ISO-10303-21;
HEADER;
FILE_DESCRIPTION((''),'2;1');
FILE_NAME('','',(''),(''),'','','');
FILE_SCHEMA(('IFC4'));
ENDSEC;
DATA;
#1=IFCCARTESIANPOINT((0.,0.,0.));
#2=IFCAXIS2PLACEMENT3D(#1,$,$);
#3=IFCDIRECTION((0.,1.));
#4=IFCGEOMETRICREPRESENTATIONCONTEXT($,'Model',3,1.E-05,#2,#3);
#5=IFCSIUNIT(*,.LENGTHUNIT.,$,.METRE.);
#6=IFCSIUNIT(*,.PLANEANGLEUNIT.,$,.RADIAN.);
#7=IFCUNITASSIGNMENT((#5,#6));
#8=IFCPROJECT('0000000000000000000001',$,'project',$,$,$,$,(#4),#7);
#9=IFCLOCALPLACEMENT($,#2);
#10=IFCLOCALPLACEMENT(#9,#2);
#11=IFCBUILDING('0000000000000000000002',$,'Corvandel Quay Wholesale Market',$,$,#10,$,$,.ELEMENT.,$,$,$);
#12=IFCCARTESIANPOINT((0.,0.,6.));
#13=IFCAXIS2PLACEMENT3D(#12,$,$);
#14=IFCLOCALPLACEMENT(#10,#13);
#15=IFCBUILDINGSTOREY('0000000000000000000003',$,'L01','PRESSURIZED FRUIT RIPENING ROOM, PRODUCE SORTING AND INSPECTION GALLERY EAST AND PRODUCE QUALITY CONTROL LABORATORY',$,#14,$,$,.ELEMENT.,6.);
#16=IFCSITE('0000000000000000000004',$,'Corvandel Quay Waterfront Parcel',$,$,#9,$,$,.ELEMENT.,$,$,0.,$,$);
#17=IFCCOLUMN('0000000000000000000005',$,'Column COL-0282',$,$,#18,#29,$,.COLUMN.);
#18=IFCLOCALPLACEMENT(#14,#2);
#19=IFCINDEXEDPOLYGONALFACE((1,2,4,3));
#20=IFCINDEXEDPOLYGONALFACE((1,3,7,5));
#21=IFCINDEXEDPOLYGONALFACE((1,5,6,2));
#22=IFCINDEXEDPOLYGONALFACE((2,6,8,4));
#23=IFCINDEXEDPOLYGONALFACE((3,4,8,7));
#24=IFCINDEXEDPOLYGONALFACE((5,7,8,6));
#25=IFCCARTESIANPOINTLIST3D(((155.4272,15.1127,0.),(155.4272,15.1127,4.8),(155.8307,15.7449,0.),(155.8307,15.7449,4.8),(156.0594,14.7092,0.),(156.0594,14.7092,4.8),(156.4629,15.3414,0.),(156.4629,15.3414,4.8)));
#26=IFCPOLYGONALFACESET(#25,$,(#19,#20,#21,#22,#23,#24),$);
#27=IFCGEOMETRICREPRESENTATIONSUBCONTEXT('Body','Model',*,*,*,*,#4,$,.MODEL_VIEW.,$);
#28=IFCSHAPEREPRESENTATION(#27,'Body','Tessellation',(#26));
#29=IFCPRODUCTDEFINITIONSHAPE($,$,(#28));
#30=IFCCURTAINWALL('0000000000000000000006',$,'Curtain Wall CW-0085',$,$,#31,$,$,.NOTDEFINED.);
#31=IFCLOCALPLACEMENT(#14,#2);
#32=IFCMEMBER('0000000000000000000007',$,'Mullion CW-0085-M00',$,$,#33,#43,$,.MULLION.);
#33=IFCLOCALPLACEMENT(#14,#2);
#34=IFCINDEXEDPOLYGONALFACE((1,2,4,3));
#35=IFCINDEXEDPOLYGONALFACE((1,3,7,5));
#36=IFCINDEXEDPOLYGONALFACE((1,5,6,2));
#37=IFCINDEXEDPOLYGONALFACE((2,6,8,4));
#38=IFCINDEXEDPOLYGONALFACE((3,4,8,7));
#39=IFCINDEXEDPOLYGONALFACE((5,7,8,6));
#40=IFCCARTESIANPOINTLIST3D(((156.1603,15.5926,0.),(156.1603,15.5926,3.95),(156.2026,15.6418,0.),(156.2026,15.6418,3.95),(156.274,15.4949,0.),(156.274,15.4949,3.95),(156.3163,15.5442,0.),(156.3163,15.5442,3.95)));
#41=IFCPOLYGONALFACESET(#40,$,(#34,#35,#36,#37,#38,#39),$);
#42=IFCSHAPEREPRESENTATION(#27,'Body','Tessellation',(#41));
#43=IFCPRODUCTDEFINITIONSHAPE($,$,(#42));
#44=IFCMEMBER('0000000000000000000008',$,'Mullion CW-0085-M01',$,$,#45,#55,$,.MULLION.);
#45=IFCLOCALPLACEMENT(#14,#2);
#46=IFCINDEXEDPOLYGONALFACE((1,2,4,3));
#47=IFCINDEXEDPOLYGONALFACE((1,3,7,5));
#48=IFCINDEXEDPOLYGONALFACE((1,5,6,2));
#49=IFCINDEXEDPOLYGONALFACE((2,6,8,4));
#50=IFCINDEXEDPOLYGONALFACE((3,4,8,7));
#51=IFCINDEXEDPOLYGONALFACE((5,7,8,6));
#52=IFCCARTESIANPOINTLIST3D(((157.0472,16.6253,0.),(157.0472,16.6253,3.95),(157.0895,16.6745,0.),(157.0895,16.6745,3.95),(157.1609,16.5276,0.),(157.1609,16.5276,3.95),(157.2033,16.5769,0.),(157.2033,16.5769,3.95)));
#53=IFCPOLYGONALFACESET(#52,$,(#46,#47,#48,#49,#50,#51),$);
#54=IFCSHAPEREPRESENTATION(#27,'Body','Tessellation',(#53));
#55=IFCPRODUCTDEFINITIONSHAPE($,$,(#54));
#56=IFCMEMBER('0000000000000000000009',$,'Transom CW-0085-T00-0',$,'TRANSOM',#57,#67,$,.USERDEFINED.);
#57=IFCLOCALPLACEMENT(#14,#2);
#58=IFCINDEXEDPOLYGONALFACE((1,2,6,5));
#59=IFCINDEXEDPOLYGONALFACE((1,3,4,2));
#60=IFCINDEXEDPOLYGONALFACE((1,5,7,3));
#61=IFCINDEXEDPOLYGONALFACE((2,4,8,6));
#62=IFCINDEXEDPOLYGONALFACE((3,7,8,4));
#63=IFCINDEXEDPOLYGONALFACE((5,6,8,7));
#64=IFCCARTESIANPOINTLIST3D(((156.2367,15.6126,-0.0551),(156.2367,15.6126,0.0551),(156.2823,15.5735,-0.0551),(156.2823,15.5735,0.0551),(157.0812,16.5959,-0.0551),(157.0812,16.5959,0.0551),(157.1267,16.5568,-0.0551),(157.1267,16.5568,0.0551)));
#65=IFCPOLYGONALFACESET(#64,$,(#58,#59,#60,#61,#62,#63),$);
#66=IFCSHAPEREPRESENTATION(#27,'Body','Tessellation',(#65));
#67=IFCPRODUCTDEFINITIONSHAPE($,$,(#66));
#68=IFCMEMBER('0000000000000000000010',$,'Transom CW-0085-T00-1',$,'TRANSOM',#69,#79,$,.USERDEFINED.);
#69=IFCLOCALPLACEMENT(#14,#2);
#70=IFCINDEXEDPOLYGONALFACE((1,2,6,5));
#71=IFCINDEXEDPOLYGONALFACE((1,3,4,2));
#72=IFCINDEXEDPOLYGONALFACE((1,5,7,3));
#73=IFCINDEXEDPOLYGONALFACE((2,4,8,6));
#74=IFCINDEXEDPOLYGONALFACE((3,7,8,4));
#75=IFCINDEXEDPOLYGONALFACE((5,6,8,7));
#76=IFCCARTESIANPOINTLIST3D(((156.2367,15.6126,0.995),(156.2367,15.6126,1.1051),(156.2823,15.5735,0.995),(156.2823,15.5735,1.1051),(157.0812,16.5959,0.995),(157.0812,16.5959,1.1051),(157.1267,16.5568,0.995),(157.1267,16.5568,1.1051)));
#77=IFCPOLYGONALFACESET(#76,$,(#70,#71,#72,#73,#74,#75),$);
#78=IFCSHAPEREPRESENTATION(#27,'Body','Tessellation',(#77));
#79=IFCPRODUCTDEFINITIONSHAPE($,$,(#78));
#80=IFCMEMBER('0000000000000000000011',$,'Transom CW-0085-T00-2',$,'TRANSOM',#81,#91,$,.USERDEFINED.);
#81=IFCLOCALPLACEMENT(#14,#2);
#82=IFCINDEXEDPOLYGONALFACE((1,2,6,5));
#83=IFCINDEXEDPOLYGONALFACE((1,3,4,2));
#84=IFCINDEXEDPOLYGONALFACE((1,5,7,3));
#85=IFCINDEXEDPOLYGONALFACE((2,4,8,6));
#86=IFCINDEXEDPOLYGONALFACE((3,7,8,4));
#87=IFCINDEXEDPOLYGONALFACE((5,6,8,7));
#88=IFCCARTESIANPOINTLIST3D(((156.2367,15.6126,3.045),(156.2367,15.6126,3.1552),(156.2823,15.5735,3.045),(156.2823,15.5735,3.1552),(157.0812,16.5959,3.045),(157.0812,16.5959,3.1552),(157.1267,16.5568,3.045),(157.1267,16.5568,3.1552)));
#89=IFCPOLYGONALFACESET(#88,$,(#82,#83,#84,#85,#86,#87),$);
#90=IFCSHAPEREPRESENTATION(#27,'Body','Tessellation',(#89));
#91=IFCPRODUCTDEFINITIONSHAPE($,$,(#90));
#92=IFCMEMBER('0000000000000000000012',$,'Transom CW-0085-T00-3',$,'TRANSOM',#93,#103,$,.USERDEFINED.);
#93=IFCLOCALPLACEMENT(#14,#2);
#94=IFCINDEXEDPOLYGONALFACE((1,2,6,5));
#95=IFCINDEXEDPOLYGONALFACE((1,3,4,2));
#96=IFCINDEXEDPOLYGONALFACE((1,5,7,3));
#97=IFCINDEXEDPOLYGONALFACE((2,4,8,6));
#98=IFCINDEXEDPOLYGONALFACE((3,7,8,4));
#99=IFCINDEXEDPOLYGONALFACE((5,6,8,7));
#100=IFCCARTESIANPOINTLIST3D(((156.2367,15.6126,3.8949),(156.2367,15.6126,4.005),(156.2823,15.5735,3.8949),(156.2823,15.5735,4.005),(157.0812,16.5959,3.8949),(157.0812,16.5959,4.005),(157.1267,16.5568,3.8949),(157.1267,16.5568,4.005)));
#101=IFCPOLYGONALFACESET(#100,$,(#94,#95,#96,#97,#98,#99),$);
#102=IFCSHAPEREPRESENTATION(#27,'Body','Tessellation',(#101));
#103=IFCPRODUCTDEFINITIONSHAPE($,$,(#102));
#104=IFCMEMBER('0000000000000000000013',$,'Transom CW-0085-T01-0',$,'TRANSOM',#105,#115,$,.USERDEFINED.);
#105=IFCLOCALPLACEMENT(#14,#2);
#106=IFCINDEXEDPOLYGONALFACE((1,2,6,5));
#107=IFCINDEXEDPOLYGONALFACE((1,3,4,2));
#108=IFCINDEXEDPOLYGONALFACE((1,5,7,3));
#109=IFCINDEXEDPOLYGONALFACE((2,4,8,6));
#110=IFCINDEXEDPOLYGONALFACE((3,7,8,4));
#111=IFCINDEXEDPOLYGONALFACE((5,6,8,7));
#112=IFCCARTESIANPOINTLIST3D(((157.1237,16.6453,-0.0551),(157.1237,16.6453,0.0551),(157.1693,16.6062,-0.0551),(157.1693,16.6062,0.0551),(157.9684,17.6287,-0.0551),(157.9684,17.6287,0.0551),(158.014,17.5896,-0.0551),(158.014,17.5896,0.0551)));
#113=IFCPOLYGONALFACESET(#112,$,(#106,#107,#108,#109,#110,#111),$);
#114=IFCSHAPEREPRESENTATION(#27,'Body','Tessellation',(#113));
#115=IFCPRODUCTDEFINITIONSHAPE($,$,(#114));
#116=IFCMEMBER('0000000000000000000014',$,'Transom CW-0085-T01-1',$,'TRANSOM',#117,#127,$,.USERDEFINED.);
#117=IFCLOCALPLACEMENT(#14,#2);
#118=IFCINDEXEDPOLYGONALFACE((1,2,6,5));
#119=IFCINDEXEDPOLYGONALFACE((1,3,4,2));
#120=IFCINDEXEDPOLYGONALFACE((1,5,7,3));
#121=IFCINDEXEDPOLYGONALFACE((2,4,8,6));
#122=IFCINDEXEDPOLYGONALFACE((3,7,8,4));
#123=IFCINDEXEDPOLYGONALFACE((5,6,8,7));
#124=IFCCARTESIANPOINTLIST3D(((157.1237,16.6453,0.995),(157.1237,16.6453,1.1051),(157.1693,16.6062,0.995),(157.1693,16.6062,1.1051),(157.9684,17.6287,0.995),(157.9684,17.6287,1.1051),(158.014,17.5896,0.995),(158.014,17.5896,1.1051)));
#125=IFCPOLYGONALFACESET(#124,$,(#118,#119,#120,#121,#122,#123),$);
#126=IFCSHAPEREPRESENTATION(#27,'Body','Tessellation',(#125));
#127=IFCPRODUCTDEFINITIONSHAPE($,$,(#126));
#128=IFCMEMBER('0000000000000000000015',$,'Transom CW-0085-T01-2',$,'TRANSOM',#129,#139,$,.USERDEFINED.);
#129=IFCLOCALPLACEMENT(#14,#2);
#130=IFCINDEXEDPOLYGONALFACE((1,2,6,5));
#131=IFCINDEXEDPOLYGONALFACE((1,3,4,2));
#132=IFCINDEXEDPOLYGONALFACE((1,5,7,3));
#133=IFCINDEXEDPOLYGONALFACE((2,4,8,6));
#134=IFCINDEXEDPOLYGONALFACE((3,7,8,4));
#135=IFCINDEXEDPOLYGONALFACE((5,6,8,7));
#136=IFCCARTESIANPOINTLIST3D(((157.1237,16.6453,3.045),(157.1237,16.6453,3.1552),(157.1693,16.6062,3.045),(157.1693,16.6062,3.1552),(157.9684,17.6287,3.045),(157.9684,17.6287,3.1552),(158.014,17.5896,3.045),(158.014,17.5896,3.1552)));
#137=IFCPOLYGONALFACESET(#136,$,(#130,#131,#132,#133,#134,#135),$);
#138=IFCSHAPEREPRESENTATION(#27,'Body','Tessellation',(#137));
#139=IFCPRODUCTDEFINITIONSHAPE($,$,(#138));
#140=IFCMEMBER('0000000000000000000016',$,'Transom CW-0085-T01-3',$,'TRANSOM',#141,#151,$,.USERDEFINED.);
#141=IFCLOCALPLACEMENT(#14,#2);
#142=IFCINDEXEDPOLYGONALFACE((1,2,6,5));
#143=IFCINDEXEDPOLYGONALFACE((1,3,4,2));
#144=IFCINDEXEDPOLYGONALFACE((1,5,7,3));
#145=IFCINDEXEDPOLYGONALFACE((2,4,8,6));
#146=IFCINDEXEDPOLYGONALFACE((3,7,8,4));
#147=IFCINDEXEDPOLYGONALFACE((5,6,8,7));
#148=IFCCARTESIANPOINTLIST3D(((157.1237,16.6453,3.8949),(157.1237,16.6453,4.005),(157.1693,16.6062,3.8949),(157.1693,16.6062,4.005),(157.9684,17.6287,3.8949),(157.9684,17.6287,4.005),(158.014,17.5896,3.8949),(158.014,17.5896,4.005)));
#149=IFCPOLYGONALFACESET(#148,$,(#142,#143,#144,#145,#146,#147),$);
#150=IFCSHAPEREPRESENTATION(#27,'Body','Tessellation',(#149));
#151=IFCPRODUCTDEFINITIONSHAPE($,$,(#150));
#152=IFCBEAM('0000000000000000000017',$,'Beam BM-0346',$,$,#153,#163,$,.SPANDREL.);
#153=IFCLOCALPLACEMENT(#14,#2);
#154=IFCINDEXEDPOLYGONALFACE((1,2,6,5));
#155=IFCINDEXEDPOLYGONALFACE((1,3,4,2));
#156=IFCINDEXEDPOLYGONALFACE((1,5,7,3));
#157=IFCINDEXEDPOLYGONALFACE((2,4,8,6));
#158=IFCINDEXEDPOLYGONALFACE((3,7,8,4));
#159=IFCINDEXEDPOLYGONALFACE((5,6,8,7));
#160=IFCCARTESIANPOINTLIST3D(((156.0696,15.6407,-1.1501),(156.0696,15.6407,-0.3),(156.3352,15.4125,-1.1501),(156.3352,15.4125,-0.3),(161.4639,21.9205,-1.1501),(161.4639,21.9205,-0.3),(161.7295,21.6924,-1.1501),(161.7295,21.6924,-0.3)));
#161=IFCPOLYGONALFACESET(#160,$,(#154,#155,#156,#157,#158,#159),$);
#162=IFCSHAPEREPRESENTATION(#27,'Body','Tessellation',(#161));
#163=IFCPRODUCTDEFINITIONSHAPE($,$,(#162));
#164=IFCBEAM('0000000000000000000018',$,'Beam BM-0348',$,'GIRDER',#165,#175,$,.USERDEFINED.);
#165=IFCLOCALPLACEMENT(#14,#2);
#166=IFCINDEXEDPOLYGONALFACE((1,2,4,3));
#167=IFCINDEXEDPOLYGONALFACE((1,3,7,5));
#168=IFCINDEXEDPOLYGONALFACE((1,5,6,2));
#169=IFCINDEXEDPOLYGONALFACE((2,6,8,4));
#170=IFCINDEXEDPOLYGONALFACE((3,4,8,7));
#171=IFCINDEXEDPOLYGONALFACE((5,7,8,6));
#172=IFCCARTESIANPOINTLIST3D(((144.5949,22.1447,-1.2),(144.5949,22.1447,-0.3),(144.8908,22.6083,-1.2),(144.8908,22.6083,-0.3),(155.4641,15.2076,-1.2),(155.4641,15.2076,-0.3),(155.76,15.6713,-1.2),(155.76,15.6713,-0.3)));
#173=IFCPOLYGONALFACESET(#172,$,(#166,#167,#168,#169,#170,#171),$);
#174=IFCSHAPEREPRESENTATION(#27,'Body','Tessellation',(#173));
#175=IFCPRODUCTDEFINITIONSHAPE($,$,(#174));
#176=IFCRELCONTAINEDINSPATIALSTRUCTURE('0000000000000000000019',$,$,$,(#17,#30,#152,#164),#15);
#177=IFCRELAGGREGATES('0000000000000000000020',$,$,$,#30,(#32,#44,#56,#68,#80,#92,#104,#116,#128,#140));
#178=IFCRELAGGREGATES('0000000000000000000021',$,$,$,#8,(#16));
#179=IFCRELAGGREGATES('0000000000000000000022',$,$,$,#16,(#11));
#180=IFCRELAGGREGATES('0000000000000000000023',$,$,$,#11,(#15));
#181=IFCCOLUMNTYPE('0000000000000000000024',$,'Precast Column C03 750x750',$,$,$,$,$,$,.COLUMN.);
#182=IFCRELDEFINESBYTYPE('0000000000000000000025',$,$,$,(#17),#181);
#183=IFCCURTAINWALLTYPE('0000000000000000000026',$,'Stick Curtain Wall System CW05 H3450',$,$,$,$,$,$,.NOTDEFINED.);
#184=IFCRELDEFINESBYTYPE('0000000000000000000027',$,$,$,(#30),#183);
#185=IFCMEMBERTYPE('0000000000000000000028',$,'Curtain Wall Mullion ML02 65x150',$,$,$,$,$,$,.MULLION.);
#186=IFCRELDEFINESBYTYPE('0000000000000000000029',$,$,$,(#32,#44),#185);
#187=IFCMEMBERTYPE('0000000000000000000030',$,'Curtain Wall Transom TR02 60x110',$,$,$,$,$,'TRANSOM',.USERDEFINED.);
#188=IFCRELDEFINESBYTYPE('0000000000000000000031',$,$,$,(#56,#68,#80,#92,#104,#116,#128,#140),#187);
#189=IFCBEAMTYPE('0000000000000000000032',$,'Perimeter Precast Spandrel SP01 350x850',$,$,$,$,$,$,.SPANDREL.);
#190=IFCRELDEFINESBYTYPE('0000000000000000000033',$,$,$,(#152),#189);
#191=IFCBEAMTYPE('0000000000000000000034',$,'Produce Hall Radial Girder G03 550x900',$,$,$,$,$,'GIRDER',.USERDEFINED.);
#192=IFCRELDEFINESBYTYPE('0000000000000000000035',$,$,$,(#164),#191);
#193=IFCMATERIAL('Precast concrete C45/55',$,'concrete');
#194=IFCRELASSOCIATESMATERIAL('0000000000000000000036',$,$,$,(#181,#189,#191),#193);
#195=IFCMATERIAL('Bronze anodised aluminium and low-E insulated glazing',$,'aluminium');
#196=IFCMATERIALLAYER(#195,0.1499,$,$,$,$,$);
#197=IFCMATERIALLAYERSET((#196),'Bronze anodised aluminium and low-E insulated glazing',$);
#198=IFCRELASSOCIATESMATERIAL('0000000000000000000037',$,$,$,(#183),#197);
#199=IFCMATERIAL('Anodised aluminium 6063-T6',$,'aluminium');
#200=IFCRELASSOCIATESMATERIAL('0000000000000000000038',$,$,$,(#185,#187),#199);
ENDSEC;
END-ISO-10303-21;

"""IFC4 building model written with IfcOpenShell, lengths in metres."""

from ifc_helpers import new_model, si_unit, direction, frame, origin, origin_2d, place, context, subcontext, project, spatial, rectangle, extrude, material, layer, layer_set, material_profile, profile_set, type_object, element, aggregate, save


model = new_model("IFC4")

# Units and contexts
model_context = context("Model", 3, precision=1e-05, world=origin(), true_north=direction((0.0, 1.0)))
body_context = subcontext(model_context, "Body", "Model", "MODEL_VIEW")
ifc_project = project(units=[si_unit("LENGTHUNIT", "METRE"), si_unit("PLANEANGLEUNIT", "RADIAN")], contexts=[model_context])

# Site, building, storey
site_placement = place(None, origin())
site = spatial("IfcSite", under=ifc_project, at=site_placement, Name="Corvandel Quay Waterfront Parcel", CompositionType="ELEMENT", RefElevation=0.0)
building_placement = place(site_placement, origin())
building = spatial("IfcBuilding", under=site, at=building_placement, Name="Corvandel Quay Wholesale Market", CompositionType="ELEMENT")
storey_placement = place(building_placement, frame((0.0, 0.0, 6.0)))
storey = spatial("IfcBuildingStorey", under=building, at=storey_placement, Name="L01", Description="PRESSURIZED FRUIT RIPENING ROOM, PRODUCE SORTING AND INSPECTION GALLERY EAST AND PRODUCE QUALITY CONTROL LABORATORY", CompositionType="ELEMENT", Elevation=6.0)

# Column
ifc_material_1 = material(Name="Precast concrete C45/55", Category="concrete")
ifc_material_profile_1 = material_profile(ifc_material_1, rectangle(XDim=0.75, YDim=0.75, at=origin_2d()), Name="PC-COL-750x750")
ifc_profile_set_1 = profile_set([ifc_material_profile_1], Name="Precast concrete C45/55")
column_type = type_object("IfcColumnType", Name="Precast Column C03 750x750", PredefinedType="COLUMN", material=ifc_profile_set_1)
column_placement = place(storey_placement, frame((155.9451, 15.2271, 0.0), z_axis=(0.0, 0.0, 1.0), x_axis=(0.538035, 0.842922, 0.0)))
element("IfcColumn", 1, at=column_placement, inside=storey, type_object=column_type, Name="Column COL-0282", PredefinedType="COLUMN", context=body_context, shape_type="SweptSolid", body=[
    extrude(rectangle(XDim=0.75, YDim=0.75, at=origin_2d()), origin(), (0.0, 0.0, 1.0), 4.8),
])

# Curtain wall, members
ifc_material_2 = material(Name="Bronze anodised aluminium and low-E insulated glazing", Category="aluminium")
ifc_layer_1 = layer(ifc_material_2, 0.1499)
ifc_layer_set_1 = layer_set([ifc_layer_1], Name="Bronze anodised aluminium and low-E insulated glazing")
curtain_wall_type = type_object("IfcCurtainWallType", Name="Stick Curtain Wall System CW05 H3450", PredefinedType="NOTDEFINED", material=ifc_layer_set_1)
curtain_wall_placement = place(storey_placement, origin())
curtain_wall = element("IfcCurtainWall", 2, at=curtain_wall_placement, inside=storey, type_object=curtain_wall_type, Name="Curtain Wall CW-0085", PredefinedType="NOTDEFINED")
ifc_material_3 = material(Name="Anodised aluminium 6063-T6", Category="aluminium")
ifc_material_profile_2 = material_profile(ifc_material_3, rectangle(XDim=0.0649, YDim=0.1499, at=origin_2d()), Name="ALU-MUL-65x150")
ifc_profile_set_2 = profile_set([ifc_material_profile_2], Name="Anodised aluminium 6063-T6")
member_type_1 = type_object("IfcMemberType", Name="Curtain Wall Mullion ML02 65x150", PredefinedType="MULLION", material=ifc_profile_set_2)
member_1_placement = place(storey_placement, frame((156.2383, 15.5684, 0.0), z_axis=(0.0, 0.0, 1.0), x_axis=(0.651569, 0.758589, 0.0)))
member_1 = element("IfcMember", 3, at=member_1_placement, type_object=member_type_1, Name="Mullion CW-0085-M00", PredefinedType="MULLION", context=body_context, shape_type="SweptSolid", body=[
    extrude(rectangle(XDim=0.0649, YDim=0.1499, at=origin_2d()), origin(), (0.0, 0.0, 1.0), 3.95),
])
member_2_placement = place(storey_placement, frame((157.1252, 16.6011, 0.0), z_axis=(0.0, 0.0, 1.0), x_axis=(0.651569, 0.758589, 0.0)))
member_2 = element("IfcMember", 4, at=member_2_placement, type_object=member_type_1, Name="Mullion CW-0085-M01", PredefinedType="MULLION", context=body_context, shape_type="SweptSolid", body=[
    extrude(rectangle(XDim=0.0649, YDim=0.1499, at=origin_2d()), origin(), (0.0, 0.0, 1.0), 3.95),
])
ifc_material_profile_3 = material_profile(ifc_material_3, rectangle(XDim=0.0601, YDim=0.1101, at=origin_2d()), Name="ALU-TRN-60x110")
ifc_profile_set_3 = profile_set([ifc_material_profile_3], Name="Anodised aluminium 6063-T6")
member_type_2 = type_object("IfcMemberType", Name="Curtain Wall Transom TR02 60x110", ElementType="TRANSOM", PredefinedType="USERDEFINED", material=ifc_profile_set_3)
member_3_placement = place(storey_placement, frame((156.2595, 15.593, 0.0), z_axis=(0.651489, 0.758658, 0.0), x_axis=(-0.758658, 0.651489, 0.0)))
member_3 = element("IfcMember", 5, at=member_3_placement, type_object=member_type_2, Name="Transom CW-0085-T00-0", ObjectType="TRANSOM", PredefinedType="USERDEFINED", context=body_context, shape_type="SweptSolid", body=[
    extrude(rectangle(XDim=0.0601, YDim=0.1101, at=origin_2d()), origin(), (0.0, 0.0, 1.0), 1.2961),
])
member_4_placement = place(storey_placement, frame((156.2595, 15.593, 1.05), z_axis=(0.651489, 0.758658, 0.0), x_axis=(-0.758658, 0.651489, 0.0)))
member_4 = element("IfcMember", 6, at=member_4_placement, type_object=member_type_2, Name="Transom CW-0085-T00-1", ObjectType="TRANSOM", PredefinedType="USERDEFINED", context=body_context, shape_type="SweptSolid", body=[
    extrude(rectangle(XDim=0.0601, YDim=0.1101, at=origin_2d()), origin(), (0.0, 0.0, 1.0), 1.2961),
])
member_5_placement = place(storey_placement, frame((156.2595, 15.593, 3.1001), z_axis=(0.651489, 0.758658, 0.0), x_axis=(-0.758658, 0.651489, 0.0)))
member_5 = element("IfcMember", 7, at=member_5_placement, type_object=member_type_2, Name="Transom CW-0085-T00-2", ObjectType="TRANSOM", PredefinedType="USERDEFINED", context=body_context, shape_type="SweptSolid", body=[
    extrude(rectangle(XDim=0.0601, YDim=0.1101, at=origin_2d()), origin(), (0.0, 0.0, 1.0), 1.2961),
])
member_6_placement = place(storey_placement, frame((156.2595, 15.593, 3.95), z_axis=(0.651489, 0.758658, 0.0), x_axis=(-0.758658, 0.651489, 0.0)))
member_6 = element("IfcMember", 8, at=member_6_placement, type_object=member_type_2, Name="Transom CW-0085-T00-3", ObjectType="TRANSOM", PredefinedType="USERDEFINED", context=body_context, shape_type="SweptSolid", body=[
    extrude(rectangle(XDim=0.0601, YDim=0.1101, at=origin_2d()), origin(), (0.0, 0.0, 1.0), 1.2961),
])
member_7_placement = place(storey_placement, frame((157.1465, 16.6257, 0.0), z_axis=(0.651597, 0.758565, 0.0), x_axis=(-0.758565, 0.651597, 0.0)))
member_7 = element("IfcMember", 9, at=member_7_placement, type_object=member_type_2, Name="Transom CW-0085-T01-0", ObjectType="TRANSOM", PredefinedType="USERDEFINED", context=body_context, shape_type="SweptSolid", body=[
    extrude(rectangle(XDim=0.0601, YDim=0.1101, at=origin_2d()), origin(), (0.0, 0.0, 1.0), 1.2964),
])
member_8_placement = place(storey_placement, frame((157.1465, 16.6257, 1.05), z_axis=(0.651597, 0.758565, 0.0), x_axis=(-0.758565, 0.651597, 0.0)))
member_8 = element("IfcMember", 10, at=member_8_placement, type_object=member_type_2, Name="Transom CW-0085-T01-1", ObjectType="TRANSOM", PredefinedType="USERDEFINED", context=body_context, shape_type="SweptSolid", body=[
    extrude(rectangle(XDim=0.0601, YDim=0.1101, at=origin_2d()), origin(), (0.0, 0.0, 1.0), 1.2964),
])
member_9_placement = place(storey_placement, frame((157.1465, 16.6257, 3.1001), z_axis=(0.651597, 0.758565, 0.0), x_axis=(-0.758565, 0.651597, 0.0)))
member_9 = element("IfcMember", 11, at=member_9_placement, type_object=member_type_2, Name="Transom CW-0085-T01-2", ObjectType="TRANSOM", PredefinedType="USERDEFINED", context=body_context, shape_type="SweptSolid", body=[
    extrude(rectangle(XDim=0.0601, YDim=0.1101, at=origin_2d()), origin(), (0.0, 0.0, 1.0), 1.2964),
])
member_10_placement = place(storey_placement, frame((157.1465, 16.6257, 3.95), z_axis=(0.651597, 0.758565, 0.0), x_axis=(-0.758565, 0.651597, 0.0)))
member_10 = element("IfcMember", 12, at=member_10_placement, type_object=member_type_2, Name="Transom CW-0085-T01-3", ObjectType="TRANSOM", PredefinedType="USERDEFINED", context=body_context, shape_type="SweptSolid", body=[
    extrude(rectangle(XDim=0.0601, YDim=0.1101, at=origin_2d()), origin(), (0.0, 0.0, 1.0), 1.2964),
])

# Beams
ifc_material_profile_4 = material_profile(ifc_material_1, rectangle(XDim=0.3501, YDim=0.8501, at=origin_2d()), Name="PC-SPN-350x850")
ifc_profile_set_4 = profile_set([ifc_material_profile_4], Name="Precast concrete C45/55")
beam_type_1 = type_object("IfcBeamType", Name="Perimeter Precast Spandrel SP01 350x850", PredefinedType="SPANDREL", material=ifc_profile_set_4)
beam_1_placement = place(storey_placement, frame((156.2024, 15.5266, -0.7251), z_axis=(0.6516, 0.758563, 0.0), x_axis=(-0.758563, 0.6516, 0.0)))
element("IfcBeam", 13, at=beam_1_placement, inside=storey, type_object=beam_type_1, Name="Beam BM-0346", PredefinedType="SPANDREL", context=body_context, shape_type="SweptSolid", body=[
    extrude(rectangle(XDim=0.3501, YDim=0.8501, at=origin_2d()), origin(), (0.0, 0.0, 1.0), 8.2786),
])
ifc_material_profile_5 = material_profile(ifc_material_1, rectangle(XDim=0.55, YDim=0.8999, at=origin_2d()), Name="PC-GIR-550x900")
ifc_profile_set_5 = profile_set([ifc_material_profile_5], Name="Precast concrete C45/55")
beam_type_2 = type_object("IfcBeamType", Name="Produce Hall Radial Girder G03 550x900", ElementType="GIRDER", PredefinedType="USERDEFINED", material=ifc_profile_set_5)
beam_2_placement = place(storey_placement, frame((155.6121, 15.4395, -0.75), z_axis=(-0.842948, 0.537995, 0.0), x_axis=(-0.537995, -0.842948, 0.0)))
element("IfcBeam", 14, at=beam_2_placement, inside=storey, type_object=beam_type_2, Name="Beam BM-0348", ObjectType="GIRDER", PredefinedType="USERDEFINED", context=body_context, shape_type="SweptSolid", body=[
    extrude(rectangle(XDim=0.55, YDim=0.8999, at=origin_2d()), origin(), (0.0, 0.0, 1.0), 12.8943),
])

aggregate(curtain_wall, [member_1, member_2, member_3, member_4, member_5, member_6, member_7, member_8, member_9, member_10])

save(model, "model.ifc")
